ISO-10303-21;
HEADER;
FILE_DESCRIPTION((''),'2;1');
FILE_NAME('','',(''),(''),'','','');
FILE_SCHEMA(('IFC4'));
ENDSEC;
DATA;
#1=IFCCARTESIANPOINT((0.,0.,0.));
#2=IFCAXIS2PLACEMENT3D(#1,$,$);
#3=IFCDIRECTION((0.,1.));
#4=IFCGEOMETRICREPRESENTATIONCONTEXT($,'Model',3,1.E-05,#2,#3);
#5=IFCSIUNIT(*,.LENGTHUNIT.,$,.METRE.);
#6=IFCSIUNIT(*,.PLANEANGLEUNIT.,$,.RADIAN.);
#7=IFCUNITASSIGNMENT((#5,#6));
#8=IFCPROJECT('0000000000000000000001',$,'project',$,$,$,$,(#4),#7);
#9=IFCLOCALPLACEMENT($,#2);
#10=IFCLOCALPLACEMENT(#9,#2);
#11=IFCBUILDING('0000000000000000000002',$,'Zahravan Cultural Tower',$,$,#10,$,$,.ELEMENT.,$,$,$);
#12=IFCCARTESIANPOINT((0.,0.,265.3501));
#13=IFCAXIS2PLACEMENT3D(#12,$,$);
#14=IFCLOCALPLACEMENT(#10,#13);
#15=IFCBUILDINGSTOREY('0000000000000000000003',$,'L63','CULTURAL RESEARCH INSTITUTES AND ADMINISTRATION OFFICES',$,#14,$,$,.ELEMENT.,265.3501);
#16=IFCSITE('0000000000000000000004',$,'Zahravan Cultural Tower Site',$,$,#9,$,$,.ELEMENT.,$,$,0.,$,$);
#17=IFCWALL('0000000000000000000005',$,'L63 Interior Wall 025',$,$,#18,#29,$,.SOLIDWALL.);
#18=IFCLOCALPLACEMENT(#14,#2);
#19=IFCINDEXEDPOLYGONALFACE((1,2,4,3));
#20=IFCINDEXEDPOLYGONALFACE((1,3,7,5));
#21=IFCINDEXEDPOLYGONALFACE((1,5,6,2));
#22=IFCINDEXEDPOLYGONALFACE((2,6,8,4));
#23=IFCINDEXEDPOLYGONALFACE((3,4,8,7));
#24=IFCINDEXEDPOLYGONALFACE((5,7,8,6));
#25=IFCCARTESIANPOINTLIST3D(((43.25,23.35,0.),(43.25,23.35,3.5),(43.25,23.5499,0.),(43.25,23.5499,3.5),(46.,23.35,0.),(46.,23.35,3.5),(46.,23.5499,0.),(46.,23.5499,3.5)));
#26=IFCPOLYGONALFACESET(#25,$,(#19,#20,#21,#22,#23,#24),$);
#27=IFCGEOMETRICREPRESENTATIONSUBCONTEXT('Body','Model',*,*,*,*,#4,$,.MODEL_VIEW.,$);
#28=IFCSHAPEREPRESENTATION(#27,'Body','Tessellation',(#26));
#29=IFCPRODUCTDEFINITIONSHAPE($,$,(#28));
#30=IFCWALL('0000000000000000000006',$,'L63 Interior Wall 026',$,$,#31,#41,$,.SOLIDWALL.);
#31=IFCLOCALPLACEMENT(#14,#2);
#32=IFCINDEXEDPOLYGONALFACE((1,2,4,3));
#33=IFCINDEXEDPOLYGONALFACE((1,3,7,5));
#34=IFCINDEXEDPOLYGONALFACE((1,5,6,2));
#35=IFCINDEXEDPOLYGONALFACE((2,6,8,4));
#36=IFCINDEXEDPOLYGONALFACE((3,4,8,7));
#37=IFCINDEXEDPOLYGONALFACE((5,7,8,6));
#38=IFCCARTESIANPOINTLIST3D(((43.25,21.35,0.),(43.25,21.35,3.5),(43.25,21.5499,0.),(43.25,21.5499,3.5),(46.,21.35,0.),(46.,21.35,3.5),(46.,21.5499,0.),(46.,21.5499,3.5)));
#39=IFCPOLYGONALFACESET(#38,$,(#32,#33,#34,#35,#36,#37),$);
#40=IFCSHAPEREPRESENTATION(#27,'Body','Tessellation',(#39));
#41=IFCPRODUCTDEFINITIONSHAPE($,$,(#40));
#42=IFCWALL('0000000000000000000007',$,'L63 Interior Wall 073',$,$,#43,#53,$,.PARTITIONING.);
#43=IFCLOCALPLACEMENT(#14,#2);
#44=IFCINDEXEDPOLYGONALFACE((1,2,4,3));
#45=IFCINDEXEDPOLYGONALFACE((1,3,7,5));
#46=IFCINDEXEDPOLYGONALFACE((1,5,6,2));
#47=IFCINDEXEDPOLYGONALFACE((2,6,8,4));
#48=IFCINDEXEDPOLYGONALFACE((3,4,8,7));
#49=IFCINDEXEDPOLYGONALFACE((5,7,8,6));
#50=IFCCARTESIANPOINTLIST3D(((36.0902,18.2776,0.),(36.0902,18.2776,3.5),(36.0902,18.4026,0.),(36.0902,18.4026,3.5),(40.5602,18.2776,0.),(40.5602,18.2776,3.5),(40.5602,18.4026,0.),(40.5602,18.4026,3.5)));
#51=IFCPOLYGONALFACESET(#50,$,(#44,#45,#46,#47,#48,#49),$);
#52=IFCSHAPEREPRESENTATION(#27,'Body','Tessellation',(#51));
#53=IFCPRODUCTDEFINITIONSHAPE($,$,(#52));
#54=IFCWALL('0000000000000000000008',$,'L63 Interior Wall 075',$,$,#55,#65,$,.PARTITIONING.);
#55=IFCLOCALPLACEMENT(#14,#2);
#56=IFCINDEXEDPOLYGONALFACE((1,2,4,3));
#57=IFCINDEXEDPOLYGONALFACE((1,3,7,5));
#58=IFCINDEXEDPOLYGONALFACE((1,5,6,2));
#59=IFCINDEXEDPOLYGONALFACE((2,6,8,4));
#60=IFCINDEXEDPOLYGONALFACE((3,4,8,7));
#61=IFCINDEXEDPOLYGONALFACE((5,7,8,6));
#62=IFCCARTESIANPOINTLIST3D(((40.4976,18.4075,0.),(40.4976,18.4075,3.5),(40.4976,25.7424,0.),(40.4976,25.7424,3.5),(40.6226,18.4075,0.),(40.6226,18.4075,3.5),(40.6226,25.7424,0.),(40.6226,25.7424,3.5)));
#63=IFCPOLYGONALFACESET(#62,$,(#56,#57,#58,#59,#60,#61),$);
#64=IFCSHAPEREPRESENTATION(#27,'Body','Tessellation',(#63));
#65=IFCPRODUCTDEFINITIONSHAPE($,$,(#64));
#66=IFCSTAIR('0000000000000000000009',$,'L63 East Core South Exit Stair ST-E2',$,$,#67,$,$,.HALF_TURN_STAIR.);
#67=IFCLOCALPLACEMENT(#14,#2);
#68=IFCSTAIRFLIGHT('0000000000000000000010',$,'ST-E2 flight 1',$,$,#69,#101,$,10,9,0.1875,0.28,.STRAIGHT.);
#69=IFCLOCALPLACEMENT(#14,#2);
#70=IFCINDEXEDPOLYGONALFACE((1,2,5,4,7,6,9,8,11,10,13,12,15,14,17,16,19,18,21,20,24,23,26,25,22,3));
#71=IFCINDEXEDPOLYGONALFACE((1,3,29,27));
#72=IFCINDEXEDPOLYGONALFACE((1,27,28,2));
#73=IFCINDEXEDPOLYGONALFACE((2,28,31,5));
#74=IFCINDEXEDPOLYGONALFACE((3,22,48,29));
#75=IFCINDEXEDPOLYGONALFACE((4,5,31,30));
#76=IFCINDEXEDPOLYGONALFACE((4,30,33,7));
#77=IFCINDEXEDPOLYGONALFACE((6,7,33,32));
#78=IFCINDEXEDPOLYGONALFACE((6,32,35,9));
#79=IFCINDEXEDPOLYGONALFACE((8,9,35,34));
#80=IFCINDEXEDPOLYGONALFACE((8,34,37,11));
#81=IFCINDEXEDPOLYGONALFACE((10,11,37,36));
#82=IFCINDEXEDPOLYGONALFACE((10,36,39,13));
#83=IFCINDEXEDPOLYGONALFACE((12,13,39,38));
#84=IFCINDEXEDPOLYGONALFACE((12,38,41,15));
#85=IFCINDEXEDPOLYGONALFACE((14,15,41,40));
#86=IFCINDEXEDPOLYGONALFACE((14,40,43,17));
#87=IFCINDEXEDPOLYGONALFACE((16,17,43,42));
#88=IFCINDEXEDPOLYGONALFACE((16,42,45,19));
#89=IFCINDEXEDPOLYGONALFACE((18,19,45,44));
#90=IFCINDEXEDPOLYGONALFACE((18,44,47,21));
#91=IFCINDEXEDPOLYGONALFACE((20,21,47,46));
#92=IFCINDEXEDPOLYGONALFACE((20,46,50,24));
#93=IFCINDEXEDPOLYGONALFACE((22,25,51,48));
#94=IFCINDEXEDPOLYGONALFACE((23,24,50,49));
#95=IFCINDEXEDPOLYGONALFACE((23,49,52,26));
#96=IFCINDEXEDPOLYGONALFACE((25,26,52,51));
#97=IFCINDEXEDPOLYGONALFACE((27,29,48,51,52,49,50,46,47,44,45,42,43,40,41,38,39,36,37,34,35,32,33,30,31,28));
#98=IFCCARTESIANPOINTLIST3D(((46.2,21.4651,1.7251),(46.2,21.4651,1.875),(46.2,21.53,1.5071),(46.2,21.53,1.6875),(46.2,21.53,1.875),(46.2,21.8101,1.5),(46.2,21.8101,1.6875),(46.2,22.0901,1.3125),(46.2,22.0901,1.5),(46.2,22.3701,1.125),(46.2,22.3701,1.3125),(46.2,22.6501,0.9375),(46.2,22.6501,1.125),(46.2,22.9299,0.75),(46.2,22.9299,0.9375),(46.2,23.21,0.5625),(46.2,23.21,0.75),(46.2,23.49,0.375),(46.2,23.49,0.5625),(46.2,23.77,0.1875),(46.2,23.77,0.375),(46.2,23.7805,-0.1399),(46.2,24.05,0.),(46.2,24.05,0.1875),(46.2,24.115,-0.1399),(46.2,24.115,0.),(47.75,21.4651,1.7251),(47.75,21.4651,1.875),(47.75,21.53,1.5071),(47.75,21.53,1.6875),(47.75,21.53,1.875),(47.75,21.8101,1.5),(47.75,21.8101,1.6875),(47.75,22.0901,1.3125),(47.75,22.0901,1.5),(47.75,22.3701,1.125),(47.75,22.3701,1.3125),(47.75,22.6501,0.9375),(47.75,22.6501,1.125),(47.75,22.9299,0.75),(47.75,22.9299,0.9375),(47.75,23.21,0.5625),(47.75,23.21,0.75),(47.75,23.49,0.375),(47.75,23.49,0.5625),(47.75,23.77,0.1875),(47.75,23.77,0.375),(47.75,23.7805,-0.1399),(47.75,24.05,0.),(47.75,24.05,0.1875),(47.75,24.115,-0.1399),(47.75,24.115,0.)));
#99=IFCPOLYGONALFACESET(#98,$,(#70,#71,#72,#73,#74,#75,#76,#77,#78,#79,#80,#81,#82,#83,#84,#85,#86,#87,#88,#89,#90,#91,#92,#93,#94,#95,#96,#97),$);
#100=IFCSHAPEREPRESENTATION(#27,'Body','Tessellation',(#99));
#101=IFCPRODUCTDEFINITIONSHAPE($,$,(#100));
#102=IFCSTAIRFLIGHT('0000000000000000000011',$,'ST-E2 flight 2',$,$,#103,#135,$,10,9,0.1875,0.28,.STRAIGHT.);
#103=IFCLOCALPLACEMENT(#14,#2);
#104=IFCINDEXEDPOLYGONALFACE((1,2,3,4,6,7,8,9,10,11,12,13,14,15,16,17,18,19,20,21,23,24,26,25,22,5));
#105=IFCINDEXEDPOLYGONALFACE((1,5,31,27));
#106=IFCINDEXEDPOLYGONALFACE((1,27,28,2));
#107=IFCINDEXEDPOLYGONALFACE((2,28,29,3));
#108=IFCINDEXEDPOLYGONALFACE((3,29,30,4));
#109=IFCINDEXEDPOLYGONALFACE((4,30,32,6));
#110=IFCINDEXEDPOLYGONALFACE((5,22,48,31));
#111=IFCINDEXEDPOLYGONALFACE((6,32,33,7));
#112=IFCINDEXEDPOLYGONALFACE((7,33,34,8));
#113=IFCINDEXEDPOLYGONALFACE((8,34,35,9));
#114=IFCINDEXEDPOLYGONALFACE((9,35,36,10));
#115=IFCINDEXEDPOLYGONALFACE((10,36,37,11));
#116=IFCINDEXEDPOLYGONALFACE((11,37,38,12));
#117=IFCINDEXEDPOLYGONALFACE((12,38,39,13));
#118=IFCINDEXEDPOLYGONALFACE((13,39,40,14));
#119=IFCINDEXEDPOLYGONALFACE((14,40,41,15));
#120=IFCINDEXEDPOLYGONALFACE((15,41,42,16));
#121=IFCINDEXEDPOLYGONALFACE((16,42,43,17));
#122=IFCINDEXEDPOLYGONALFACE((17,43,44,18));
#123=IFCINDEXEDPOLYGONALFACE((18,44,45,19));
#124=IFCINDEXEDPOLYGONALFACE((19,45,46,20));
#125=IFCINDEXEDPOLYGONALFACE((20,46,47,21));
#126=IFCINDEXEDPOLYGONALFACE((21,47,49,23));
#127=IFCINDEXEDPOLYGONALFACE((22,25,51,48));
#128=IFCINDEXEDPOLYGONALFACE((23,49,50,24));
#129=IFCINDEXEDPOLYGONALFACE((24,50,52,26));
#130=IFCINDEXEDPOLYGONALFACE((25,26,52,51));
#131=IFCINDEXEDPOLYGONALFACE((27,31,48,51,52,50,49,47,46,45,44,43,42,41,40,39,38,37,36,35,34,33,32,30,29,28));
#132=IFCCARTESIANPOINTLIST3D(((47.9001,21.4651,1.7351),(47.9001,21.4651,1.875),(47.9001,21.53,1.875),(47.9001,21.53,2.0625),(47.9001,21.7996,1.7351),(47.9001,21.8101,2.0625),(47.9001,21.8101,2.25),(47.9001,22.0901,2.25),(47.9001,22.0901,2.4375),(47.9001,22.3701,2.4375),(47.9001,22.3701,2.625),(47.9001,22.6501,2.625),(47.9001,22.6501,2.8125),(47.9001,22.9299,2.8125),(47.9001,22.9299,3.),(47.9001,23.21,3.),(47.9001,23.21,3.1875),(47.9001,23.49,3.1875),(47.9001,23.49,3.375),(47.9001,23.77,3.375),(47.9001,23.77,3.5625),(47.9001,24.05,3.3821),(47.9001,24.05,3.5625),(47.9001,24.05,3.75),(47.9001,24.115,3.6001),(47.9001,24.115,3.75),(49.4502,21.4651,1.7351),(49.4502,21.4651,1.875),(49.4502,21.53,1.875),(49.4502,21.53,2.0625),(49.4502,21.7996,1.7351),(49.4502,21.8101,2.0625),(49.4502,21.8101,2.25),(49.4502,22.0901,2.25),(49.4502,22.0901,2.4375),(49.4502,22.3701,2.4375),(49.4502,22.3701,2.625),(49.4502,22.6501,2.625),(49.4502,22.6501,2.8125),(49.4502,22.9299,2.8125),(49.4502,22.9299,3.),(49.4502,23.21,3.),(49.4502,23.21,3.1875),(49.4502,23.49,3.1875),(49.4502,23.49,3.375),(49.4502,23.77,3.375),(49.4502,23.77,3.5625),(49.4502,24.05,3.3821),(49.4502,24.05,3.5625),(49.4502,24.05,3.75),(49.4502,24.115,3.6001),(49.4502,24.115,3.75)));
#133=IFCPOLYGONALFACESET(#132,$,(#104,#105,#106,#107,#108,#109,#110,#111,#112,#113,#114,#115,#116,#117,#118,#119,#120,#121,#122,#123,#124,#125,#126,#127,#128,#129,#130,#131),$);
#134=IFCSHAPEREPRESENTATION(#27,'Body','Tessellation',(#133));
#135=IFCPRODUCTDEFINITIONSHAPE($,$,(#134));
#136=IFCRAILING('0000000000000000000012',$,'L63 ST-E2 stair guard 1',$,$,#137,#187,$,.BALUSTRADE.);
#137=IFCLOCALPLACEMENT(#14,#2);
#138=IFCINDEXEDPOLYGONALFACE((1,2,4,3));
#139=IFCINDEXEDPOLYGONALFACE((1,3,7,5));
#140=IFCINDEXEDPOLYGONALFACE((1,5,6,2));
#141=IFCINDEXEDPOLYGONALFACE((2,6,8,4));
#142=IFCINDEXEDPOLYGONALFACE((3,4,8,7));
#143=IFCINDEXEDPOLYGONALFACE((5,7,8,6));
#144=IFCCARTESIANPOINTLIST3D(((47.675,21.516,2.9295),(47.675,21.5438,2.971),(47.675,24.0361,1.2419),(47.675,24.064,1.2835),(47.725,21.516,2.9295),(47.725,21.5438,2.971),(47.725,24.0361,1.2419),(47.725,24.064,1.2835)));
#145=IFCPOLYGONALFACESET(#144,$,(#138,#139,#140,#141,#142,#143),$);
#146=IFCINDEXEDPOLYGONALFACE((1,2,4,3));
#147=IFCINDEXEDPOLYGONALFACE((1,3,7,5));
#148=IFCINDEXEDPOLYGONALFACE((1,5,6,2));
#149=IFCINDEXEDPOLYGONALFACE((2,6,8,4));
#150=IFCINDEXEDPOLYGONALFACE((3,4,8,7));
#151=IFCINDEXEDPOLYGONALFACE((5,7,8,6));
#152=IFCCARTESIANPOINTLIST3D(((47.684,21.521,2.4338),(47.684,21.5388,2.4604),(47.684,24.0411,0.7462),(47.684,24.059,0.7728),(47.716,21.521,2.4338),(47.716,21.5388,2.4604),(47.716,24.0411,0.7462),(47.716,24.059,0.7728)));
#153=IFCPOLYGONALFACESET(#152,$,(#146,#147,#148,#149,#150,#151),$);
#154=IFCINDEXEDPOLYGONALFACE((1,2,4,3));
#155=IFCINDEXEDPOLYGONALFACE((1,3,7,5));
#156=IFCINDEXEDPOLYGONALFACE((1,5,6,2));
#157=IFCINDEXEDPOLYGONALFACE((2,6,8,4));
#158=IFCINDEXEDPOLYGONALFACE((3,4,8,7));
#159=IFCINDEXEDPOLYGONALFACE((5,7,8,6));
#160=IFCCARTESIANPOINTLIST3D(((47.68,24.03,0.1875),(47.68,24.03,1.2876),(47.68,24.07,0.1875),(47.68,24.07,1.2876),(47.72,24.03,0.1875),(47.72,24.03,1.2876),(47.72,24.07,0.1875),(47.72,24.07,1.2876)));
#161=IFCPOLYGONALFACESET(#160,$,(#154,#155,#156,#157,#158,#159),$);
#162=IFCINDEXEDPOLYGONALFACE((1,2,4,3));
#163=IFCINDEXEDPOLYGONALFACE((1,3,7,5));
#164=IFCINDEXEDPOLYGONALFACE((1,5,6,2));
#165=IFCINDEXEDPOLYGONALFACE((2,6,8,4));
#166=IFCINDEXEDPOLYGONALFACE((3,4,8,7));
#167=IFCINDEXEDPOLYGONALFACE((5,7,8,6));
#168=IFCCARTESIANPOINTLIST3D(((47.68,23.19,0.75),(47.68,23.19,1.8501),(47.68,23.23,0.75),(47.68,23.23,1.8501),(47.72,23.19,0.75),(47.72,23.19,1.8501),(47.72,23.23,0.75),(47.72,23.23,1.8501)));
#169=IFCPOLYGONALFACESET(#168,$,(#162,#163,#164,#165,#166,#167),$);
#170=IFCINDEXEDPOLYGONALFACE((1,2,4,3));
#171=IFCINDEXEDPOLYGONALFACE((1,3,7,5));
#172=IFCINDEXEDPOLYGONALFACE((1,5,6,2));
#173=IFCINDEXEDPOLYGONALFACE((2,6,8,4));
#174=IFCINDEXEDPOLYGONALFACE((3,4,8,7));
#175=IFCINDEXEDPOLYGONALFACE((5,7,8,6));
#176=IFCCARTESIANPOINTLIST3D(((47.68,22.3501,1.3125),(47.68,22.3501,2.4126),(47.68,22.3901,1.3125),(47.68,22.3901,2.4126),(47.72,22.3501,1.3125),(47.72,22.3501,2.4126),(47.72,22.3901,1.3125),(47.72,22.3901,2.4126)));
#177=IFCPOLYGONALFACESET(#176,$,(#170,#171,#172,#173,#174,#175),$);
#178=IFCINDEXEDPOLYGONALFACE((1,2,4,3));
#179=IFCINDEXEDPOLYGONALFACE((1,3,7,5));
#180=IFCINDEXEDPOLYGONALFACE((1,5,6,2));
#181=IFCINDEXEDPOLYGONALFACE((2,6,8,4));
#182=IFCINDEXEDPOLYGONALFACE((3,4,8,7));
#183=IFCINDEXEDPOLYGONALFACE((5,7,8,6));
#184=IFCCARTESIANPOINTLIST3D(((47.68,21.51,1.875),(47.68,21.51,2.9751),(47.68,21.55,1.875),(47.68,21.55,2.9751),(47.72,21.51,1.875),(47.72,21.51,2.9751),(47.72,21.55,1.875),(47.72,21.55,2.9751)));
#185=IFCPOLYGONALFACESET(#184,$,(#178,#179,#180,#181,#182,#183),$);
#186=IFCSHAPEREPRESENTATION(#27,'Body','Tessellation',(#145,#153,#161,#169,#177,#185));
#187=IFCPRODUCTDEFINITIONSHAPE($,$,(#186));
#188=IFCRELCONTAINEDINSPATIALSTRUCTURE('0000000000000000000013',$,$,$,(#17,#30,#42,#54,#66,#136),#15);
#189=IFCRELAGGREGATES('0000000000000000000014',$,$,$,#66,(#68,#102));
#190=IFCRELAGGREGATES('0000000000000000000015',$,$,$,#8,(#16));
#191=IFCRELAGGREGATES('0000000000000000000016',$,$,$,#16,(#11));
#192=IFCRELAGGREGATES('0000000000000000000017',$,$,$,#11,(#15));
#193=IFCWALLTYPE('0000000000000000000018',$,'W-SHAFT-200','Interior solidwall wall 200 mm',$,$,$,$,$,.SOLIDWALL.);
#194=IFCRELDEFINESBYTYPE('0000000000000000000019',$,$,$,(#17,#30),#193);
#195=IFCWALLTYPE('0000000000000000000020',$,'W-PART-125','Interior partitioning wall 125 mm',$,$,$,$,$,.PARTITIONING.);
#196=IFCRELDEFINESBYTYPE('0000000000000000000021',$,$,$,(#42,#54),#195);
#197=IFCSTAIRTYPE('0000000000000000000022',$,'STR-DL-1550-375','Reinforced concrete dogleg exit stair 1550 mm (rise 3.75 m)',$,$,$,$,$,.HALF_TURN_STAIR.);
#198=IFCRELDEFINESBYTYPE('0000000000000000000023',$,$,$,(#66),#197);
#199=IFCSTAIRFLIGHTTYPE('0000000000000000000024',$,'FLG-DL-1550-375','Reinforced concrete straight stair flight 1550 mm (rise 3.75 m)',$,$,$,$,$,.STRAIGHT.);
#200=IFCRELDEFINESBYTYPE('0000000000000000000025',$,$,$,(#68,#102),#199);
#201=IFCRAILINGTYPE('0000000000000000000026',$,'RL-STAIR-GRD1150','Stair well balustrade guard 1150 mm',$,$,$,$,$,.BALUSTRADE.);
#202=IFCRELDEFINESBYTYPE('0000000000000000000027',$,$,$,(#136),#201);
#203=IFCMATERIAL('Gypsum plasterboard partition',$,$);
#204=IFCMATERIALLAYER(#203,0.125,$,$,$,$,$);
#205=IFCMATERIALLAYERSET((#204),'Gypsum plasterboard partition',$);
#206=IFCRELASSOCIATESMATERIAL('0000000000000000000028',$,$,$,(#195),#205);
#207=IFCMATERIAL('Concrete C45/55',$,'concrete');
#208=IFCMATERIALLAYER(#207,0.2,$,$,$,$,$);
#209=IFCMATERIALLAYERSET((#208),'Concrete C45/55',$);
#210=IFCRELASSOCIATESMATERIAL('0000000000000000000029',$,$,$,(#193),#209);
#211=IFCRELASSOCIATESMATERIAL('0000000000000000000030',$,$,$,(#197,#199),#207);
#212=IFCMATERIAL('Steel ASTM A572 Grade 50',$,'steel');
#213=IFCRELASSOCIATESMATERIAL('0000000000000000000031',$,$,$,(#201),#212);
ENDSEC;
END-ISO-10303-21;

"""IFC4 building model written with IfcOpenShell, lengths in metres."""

from ifc_helpers import new_model, si_unit, direction, frame, frame_2d, origin, origin_2d, place, context, subcontext, project, spatial, polyline, rectangle, outline, extrude, source, transform, mapped, material, layer, layer_set, type_object, element, aggregate, save


model = new_model("IFC4")

# Units and contexts
model_context = context("Model", 3, precision=1e-05, world=origin(), true_north=direction((0.0, 1.0)))
body_context = subcontext(model_context, "Body", "Model", "MODEL_VIEW")
ifc_project = project(units=[si_unit("LENGTHUNIT", "METRE"), si_unit("PLANEANGLEUNIT", "RADIAN")], contexts=[model_context])

# Site, building, storey
site_placement = place(None, origin())
site = spatial("IfcSite", under=ifc_project, at=site_placement, Name="Zahravan Cultural Tower Site", CompositionType="ELEMENT", RefElevation=0.0)
building_placement = place(site_placement, origin())
building = spatial("IfcBuilding", under=site, at=building_placement, Name="Zahravan Cultural Tower", CompositionType="ELEMENT")
storey_placement = place(building_placement, frame((0.0, 0.0, 265.3501)))
storey = spatial("IfcBuildingStorey", under=building, at=storey_placement, Name="L63", Description="CULTURAL RESEARCH INSTITUTES AND ADMINISTRATION OFFICES", CompositionType="ELEMENT", Elevation=265.3501)

# Shared definitions
ifc_material_1 = material(Name="Gypsum plasterboard partition")
ifc_material_2 = material(Name="Steel ASTM A572 Grade 50", Category="steel")
ifc_layer_1 = layer(ifc_material_1, 0.125)
ifc_layer_set_1 = layer_set([ifc_layer_1], Name="Gypsum plasterboard partition")
wall_type_1 = type_object("IfcWallType", Name="W-PART-125", Description="Interior partitioning wall 125 mm", PredefinedType="PARTITIONING", material=ifc_layer_set_1)
ifc_material_3 = material(Name="Concrete C45/55", Category="concrete")
ifc_layer_2 = layer(ifc_material_3, 0.2)
ifc_layer_set_2 = layer_set([ifc_layer_2], Name="Concrete C45/55")
wall_type_2 = type_object("IfcWallType", Name="W-SHAFT-200", Description="Interior solidwall wall 200 mm", PredefinedType="SOLIDWALL", material=ifc_layer_set_2)

# Walls
shared_shape_1 = source(origin(), body_context, "Body", "SweptSolid", [
    extrude(rectangle(XDim=2.75, YDim=0.2, at=frame_2d((1.375, 0.0))), origin(), (0.0, 0.0, 1.0), 3.5),
])
for number, where, z_axis, x_axis, name in (
    (1, (43.25, 23.45, 0.0), (0.0, 0.0, 1.0), (1.0, 0.0, 0.0), "L63 Interior Wall 025"),
    (2, (43.25, 21.45, 0.0), (0.0, 0.0, 1.0), (1.0, 0.0, 0.0), "L63 Interior Wall 026"),
):
    element("IfcWall", number, at=place(storey_placement, frame(where, z_axis=z_axis, x_axis=x_axis)), inside=storey, type_object=wall_type_2, Name=name, PredefinedType="SOLIDWALL", context=body_context, shape_type="MappedRepresentation", body=[
        mapped(shared_shape_1, transform((0.0, 0.0, 0.0), x_axis=(1.0, 0.0, 0.0), y_axis=(0.0, 1.0, 0.0), z_axis=(0.0, 0.0, 1.0), scale=1.0)),
    ])
shared_shape_2 = source(origin(), body_context, "Body", "SweptSolid", [
    extrude(rectangle(XDim=4.47, YDim=0.125, at=frame_2d((2.2349, 0.0))), origin(), (0.0, 0.0, 1.0), 3.5),
])
wall_1_placement = place(storey_placement, frame((40.5601, 18.3401, 0.0), z_axis=(0.0, 0.0, 1.0), x_axis=(-1.0, 0.0, 0.0)))
element("IfcWall", 3, at=wall_1_placement, inside=storey, type_object=wall_type_1, Name="L63 Interior Wall 073", PredefinedType="PARTITIONING", context=body_context, shape_type="MappedRepresentation", body=[
    mapped(shared_shape_2, transform((0.0, 0.0, 0.0), x_axis=(1.0, 0.0, 0.0), y_axis=(0.0, 1.0, 0.0), z_axis=(0.0, 0.0, 1.0), scale=1.0)),
])
shared_shape_3 = source(origin(), body_context, "Body", "SweptSolid", [
    extrude(rectangle(XDim=7.335, YDim=0.125, at=frame_2d((3.6675, 0.0))), origin(), (0.0, 0.0, 1.0), 3.5),
])
wall_2_placement = place(storey_placement, frame((40.5601, 25.7424, 0.0), z_axis=(0.0, 0.0, 1.0), x_axis=(0.0, -1.0, 0.0)))
element("IfcWall", 4, at=wall_2_placement, inside=storey, type_object=wall_type_1, Name="L63 Interior Wall 075", PredefinedType="PARTITIONING", context=body_context, shape_type="MappedRepresentation", body=[
    mapped(shared_shape_3, transform((0.0, 0.0, 0.0), x_axis=(1.0, 0.0, 0.0), y_axis=(0.0, 1.0, 0.0), z_axis=(0.0, 0.0, 1.0), scale=1.0)),
])

# Stair, stair flights
stair_type = type_object("IfcStairType", Name="STR-DL-1550-375", Description="Reinforced concrete dogleg exit stair 1550 mm (rise 3.75 m)", PredefinedType="HALF_TURN_STAIR", material=ifc_material_3)
stair_placement = place(storey_placement, origin())
stair = element("IfcStair", 5, at=stair_placement, inside=storey, type_object=stair_type, Name="L63 East Core South Exit Stair ST-E2", PredefinedType="HALF_TURN_STAIR")
stair_flight_type = type_object("IfcStairFlightType", Name="FLG-DL-1550-375", Description="Reinforced concrete straight stair flight 1550 mm (rise 3.75 m)", PredefinedType="STRAIGHT", material=ifc_material_3)
stair_flight_1_placement = place(storey_placement, frame((46.9751, 24.05, 0.0), z_axis=(0.0, 0.0, 1.0), x_axis=(0.0, -1.0, 0.0)))
stair_flight_1 = element("IfcStairFlight", 6, at=stair_flight_1_placement, type_object=stair_flight_type, Name="ST-E2 flight 1", NumberOfRisers=10, NumberOfTreads=9, PredefinedType="STRAIGHT", RiserHeight=0.1875, TreadLength=0.28, context=body_context, shape_type="SweptSolid", body=[
    extrude(outline(polyline([(-0.0649, -0.1399), (-0.0649, 0.0), (0.0, 0.0), (0.0, 0.1875), (0.28, 0.1875), (0.28, 0.375), (0.5601, 0.375), (0.5601, 0.5625), (0.8401, 0.5625), (0.8401, 0.75), (1.1201, 0.75), (1.1201, 0.9375), (1.3999, 0.9375), (1.3999, 1.125), (1.6799, 1.125), (1.6799, 1.3125), (1.96, 1.3125), (1.96, 1.5), (2.24, 1.5), (2.24, 1.6875), (2.52, 1.6875), (2.52, 1.875), (2.585, 1.875), (2.585, 1.7251), (2.52, 1.5071), (0.2695, -0.1399), (-0.0649, -0.1399)])), frame((0.0, 0.7749, 0.0), z_axis=(0.0, -1.0, 0.0), x_axis=(1.0, 0.0, 0.0)), (0.0, 0.0, 1.0), 1.55),
])
stair_flight_2_placement = place(storey_placement, frame((48.675, 21.53, 1.875), z_axis=(0.0, 0.0, 1.0), x_axis=(0.0, 1.0, 0.0)))
stair_flight_2 = element("IfcStairFlight", 7, at=stair_flight_2_placement, type_object=stair_flight_type, Name="ST-E2 flight 2", NumberOfRisers=10, NumberOfTreads=9, PredefinedType="STRAIGHT", RiserHeight=0.1875, TreadLength=0.28, context=body_context, shape_type="SweptSolid", body=[
    extrude(outline(polyline([(-0.0649, -0.1399), (-0.0649, 0.0), (0.0, 0.0), (0.0, 0.1875), (0.28, 0.1875), (0.28, 0.375), (0.5601, 0.375), (0.5601, 0.5625), (0.8401, 0.5625), (0.8401, 0.75), (1.1201, 0.75), (1.1201, 0.9375), (1.3999, 0.9375), (1.3999, 1.125), (1.6799, 1.125), (1.6799, 1.3125), (1.96, 1.3125), (1.96, 1.5), (2.24, 1.5), (2.24, 1.6875), (2.52, 1.6875), (2.52, 1.875), (2.585, 1.875), (2.585, 1.7251), (2.52, 1.5071), (0.2695, -0.1399), (-0.0649, -0.1399)])), frame((0.0, 0.7749, 0.0), z_axis=(0.0, -1.0, 0.0), x_axis=(1.0, 0.0, 0.0)), (0.0, 0.0, 1.0), 1.55),
])
aggregate(stair, [stair_flight_1, stair_flight_2])

# Railing
railing_type_1 = type_object("IfcRailingType", Name="RL-STAIR-GRD1150", Description="Stair well balustrade guard 1150 mm", PredefinedType="BALUSTRADE", material=ifc_material_2)
railing_1_placement = place(storey_placement, frame((47.7, 24.05, 0.1875)))
element("IfcRailing", 8, at=railing_1_placement, inside=storey, type_object=railing_type_1, Name="L63 ST-E2 stair guard 1", PredefinedType="BALUSTRADE", context=body_context, shape_type="SweptSolid", body=[
    extrude(rectangle(XDim=0.05, YDim=0.05, at=origin_2d()), frame((0.0, 0.0, 1.0752), z_axis=(0.0, -0.830909, 0.556408), x_axis=(1.0, 0.0, 0.0)), (0.0, 0.0, 1.0), 3.033),
    extrude(rectangle(XDim=0.032, YDim=0.032, at=origin_2d()), frame((0.0, 0.0, 0.572), z_axis=(0.0, -0.830909, 0.556408), x_axis=(1.0, 0.0, 0.0)), (0.0, 0.0, 1.0), 3.033),
    extrude(rectangle(XDim=0.04, YDim=0.04, at=origin_2d()), origin(), (0.0, 0.0, 1.0), 1.1001),
    extrude(rectangle(XDim=0.04, YDim=0.04, at=origin_2d()), frame((0.0, -0.8401, 0.5625)), (0.0, 0.0, 1.0), 1.1001),
    extrude(rectangle(XDim=0.04, YDim=0.04, at=origin_2d()), frame((0.0, -1.6799, 1.125)), (0.0, 0.0, 1.0), 1.1001),
    extrude(rectangle(XDim=0.04, YDim=0.04, at=origin_2d()), frame((0.0, -2.52, 1.6875)), (0.0, 0.0, 1.0), 1.1001),
])

save(model, "model.ifc")
